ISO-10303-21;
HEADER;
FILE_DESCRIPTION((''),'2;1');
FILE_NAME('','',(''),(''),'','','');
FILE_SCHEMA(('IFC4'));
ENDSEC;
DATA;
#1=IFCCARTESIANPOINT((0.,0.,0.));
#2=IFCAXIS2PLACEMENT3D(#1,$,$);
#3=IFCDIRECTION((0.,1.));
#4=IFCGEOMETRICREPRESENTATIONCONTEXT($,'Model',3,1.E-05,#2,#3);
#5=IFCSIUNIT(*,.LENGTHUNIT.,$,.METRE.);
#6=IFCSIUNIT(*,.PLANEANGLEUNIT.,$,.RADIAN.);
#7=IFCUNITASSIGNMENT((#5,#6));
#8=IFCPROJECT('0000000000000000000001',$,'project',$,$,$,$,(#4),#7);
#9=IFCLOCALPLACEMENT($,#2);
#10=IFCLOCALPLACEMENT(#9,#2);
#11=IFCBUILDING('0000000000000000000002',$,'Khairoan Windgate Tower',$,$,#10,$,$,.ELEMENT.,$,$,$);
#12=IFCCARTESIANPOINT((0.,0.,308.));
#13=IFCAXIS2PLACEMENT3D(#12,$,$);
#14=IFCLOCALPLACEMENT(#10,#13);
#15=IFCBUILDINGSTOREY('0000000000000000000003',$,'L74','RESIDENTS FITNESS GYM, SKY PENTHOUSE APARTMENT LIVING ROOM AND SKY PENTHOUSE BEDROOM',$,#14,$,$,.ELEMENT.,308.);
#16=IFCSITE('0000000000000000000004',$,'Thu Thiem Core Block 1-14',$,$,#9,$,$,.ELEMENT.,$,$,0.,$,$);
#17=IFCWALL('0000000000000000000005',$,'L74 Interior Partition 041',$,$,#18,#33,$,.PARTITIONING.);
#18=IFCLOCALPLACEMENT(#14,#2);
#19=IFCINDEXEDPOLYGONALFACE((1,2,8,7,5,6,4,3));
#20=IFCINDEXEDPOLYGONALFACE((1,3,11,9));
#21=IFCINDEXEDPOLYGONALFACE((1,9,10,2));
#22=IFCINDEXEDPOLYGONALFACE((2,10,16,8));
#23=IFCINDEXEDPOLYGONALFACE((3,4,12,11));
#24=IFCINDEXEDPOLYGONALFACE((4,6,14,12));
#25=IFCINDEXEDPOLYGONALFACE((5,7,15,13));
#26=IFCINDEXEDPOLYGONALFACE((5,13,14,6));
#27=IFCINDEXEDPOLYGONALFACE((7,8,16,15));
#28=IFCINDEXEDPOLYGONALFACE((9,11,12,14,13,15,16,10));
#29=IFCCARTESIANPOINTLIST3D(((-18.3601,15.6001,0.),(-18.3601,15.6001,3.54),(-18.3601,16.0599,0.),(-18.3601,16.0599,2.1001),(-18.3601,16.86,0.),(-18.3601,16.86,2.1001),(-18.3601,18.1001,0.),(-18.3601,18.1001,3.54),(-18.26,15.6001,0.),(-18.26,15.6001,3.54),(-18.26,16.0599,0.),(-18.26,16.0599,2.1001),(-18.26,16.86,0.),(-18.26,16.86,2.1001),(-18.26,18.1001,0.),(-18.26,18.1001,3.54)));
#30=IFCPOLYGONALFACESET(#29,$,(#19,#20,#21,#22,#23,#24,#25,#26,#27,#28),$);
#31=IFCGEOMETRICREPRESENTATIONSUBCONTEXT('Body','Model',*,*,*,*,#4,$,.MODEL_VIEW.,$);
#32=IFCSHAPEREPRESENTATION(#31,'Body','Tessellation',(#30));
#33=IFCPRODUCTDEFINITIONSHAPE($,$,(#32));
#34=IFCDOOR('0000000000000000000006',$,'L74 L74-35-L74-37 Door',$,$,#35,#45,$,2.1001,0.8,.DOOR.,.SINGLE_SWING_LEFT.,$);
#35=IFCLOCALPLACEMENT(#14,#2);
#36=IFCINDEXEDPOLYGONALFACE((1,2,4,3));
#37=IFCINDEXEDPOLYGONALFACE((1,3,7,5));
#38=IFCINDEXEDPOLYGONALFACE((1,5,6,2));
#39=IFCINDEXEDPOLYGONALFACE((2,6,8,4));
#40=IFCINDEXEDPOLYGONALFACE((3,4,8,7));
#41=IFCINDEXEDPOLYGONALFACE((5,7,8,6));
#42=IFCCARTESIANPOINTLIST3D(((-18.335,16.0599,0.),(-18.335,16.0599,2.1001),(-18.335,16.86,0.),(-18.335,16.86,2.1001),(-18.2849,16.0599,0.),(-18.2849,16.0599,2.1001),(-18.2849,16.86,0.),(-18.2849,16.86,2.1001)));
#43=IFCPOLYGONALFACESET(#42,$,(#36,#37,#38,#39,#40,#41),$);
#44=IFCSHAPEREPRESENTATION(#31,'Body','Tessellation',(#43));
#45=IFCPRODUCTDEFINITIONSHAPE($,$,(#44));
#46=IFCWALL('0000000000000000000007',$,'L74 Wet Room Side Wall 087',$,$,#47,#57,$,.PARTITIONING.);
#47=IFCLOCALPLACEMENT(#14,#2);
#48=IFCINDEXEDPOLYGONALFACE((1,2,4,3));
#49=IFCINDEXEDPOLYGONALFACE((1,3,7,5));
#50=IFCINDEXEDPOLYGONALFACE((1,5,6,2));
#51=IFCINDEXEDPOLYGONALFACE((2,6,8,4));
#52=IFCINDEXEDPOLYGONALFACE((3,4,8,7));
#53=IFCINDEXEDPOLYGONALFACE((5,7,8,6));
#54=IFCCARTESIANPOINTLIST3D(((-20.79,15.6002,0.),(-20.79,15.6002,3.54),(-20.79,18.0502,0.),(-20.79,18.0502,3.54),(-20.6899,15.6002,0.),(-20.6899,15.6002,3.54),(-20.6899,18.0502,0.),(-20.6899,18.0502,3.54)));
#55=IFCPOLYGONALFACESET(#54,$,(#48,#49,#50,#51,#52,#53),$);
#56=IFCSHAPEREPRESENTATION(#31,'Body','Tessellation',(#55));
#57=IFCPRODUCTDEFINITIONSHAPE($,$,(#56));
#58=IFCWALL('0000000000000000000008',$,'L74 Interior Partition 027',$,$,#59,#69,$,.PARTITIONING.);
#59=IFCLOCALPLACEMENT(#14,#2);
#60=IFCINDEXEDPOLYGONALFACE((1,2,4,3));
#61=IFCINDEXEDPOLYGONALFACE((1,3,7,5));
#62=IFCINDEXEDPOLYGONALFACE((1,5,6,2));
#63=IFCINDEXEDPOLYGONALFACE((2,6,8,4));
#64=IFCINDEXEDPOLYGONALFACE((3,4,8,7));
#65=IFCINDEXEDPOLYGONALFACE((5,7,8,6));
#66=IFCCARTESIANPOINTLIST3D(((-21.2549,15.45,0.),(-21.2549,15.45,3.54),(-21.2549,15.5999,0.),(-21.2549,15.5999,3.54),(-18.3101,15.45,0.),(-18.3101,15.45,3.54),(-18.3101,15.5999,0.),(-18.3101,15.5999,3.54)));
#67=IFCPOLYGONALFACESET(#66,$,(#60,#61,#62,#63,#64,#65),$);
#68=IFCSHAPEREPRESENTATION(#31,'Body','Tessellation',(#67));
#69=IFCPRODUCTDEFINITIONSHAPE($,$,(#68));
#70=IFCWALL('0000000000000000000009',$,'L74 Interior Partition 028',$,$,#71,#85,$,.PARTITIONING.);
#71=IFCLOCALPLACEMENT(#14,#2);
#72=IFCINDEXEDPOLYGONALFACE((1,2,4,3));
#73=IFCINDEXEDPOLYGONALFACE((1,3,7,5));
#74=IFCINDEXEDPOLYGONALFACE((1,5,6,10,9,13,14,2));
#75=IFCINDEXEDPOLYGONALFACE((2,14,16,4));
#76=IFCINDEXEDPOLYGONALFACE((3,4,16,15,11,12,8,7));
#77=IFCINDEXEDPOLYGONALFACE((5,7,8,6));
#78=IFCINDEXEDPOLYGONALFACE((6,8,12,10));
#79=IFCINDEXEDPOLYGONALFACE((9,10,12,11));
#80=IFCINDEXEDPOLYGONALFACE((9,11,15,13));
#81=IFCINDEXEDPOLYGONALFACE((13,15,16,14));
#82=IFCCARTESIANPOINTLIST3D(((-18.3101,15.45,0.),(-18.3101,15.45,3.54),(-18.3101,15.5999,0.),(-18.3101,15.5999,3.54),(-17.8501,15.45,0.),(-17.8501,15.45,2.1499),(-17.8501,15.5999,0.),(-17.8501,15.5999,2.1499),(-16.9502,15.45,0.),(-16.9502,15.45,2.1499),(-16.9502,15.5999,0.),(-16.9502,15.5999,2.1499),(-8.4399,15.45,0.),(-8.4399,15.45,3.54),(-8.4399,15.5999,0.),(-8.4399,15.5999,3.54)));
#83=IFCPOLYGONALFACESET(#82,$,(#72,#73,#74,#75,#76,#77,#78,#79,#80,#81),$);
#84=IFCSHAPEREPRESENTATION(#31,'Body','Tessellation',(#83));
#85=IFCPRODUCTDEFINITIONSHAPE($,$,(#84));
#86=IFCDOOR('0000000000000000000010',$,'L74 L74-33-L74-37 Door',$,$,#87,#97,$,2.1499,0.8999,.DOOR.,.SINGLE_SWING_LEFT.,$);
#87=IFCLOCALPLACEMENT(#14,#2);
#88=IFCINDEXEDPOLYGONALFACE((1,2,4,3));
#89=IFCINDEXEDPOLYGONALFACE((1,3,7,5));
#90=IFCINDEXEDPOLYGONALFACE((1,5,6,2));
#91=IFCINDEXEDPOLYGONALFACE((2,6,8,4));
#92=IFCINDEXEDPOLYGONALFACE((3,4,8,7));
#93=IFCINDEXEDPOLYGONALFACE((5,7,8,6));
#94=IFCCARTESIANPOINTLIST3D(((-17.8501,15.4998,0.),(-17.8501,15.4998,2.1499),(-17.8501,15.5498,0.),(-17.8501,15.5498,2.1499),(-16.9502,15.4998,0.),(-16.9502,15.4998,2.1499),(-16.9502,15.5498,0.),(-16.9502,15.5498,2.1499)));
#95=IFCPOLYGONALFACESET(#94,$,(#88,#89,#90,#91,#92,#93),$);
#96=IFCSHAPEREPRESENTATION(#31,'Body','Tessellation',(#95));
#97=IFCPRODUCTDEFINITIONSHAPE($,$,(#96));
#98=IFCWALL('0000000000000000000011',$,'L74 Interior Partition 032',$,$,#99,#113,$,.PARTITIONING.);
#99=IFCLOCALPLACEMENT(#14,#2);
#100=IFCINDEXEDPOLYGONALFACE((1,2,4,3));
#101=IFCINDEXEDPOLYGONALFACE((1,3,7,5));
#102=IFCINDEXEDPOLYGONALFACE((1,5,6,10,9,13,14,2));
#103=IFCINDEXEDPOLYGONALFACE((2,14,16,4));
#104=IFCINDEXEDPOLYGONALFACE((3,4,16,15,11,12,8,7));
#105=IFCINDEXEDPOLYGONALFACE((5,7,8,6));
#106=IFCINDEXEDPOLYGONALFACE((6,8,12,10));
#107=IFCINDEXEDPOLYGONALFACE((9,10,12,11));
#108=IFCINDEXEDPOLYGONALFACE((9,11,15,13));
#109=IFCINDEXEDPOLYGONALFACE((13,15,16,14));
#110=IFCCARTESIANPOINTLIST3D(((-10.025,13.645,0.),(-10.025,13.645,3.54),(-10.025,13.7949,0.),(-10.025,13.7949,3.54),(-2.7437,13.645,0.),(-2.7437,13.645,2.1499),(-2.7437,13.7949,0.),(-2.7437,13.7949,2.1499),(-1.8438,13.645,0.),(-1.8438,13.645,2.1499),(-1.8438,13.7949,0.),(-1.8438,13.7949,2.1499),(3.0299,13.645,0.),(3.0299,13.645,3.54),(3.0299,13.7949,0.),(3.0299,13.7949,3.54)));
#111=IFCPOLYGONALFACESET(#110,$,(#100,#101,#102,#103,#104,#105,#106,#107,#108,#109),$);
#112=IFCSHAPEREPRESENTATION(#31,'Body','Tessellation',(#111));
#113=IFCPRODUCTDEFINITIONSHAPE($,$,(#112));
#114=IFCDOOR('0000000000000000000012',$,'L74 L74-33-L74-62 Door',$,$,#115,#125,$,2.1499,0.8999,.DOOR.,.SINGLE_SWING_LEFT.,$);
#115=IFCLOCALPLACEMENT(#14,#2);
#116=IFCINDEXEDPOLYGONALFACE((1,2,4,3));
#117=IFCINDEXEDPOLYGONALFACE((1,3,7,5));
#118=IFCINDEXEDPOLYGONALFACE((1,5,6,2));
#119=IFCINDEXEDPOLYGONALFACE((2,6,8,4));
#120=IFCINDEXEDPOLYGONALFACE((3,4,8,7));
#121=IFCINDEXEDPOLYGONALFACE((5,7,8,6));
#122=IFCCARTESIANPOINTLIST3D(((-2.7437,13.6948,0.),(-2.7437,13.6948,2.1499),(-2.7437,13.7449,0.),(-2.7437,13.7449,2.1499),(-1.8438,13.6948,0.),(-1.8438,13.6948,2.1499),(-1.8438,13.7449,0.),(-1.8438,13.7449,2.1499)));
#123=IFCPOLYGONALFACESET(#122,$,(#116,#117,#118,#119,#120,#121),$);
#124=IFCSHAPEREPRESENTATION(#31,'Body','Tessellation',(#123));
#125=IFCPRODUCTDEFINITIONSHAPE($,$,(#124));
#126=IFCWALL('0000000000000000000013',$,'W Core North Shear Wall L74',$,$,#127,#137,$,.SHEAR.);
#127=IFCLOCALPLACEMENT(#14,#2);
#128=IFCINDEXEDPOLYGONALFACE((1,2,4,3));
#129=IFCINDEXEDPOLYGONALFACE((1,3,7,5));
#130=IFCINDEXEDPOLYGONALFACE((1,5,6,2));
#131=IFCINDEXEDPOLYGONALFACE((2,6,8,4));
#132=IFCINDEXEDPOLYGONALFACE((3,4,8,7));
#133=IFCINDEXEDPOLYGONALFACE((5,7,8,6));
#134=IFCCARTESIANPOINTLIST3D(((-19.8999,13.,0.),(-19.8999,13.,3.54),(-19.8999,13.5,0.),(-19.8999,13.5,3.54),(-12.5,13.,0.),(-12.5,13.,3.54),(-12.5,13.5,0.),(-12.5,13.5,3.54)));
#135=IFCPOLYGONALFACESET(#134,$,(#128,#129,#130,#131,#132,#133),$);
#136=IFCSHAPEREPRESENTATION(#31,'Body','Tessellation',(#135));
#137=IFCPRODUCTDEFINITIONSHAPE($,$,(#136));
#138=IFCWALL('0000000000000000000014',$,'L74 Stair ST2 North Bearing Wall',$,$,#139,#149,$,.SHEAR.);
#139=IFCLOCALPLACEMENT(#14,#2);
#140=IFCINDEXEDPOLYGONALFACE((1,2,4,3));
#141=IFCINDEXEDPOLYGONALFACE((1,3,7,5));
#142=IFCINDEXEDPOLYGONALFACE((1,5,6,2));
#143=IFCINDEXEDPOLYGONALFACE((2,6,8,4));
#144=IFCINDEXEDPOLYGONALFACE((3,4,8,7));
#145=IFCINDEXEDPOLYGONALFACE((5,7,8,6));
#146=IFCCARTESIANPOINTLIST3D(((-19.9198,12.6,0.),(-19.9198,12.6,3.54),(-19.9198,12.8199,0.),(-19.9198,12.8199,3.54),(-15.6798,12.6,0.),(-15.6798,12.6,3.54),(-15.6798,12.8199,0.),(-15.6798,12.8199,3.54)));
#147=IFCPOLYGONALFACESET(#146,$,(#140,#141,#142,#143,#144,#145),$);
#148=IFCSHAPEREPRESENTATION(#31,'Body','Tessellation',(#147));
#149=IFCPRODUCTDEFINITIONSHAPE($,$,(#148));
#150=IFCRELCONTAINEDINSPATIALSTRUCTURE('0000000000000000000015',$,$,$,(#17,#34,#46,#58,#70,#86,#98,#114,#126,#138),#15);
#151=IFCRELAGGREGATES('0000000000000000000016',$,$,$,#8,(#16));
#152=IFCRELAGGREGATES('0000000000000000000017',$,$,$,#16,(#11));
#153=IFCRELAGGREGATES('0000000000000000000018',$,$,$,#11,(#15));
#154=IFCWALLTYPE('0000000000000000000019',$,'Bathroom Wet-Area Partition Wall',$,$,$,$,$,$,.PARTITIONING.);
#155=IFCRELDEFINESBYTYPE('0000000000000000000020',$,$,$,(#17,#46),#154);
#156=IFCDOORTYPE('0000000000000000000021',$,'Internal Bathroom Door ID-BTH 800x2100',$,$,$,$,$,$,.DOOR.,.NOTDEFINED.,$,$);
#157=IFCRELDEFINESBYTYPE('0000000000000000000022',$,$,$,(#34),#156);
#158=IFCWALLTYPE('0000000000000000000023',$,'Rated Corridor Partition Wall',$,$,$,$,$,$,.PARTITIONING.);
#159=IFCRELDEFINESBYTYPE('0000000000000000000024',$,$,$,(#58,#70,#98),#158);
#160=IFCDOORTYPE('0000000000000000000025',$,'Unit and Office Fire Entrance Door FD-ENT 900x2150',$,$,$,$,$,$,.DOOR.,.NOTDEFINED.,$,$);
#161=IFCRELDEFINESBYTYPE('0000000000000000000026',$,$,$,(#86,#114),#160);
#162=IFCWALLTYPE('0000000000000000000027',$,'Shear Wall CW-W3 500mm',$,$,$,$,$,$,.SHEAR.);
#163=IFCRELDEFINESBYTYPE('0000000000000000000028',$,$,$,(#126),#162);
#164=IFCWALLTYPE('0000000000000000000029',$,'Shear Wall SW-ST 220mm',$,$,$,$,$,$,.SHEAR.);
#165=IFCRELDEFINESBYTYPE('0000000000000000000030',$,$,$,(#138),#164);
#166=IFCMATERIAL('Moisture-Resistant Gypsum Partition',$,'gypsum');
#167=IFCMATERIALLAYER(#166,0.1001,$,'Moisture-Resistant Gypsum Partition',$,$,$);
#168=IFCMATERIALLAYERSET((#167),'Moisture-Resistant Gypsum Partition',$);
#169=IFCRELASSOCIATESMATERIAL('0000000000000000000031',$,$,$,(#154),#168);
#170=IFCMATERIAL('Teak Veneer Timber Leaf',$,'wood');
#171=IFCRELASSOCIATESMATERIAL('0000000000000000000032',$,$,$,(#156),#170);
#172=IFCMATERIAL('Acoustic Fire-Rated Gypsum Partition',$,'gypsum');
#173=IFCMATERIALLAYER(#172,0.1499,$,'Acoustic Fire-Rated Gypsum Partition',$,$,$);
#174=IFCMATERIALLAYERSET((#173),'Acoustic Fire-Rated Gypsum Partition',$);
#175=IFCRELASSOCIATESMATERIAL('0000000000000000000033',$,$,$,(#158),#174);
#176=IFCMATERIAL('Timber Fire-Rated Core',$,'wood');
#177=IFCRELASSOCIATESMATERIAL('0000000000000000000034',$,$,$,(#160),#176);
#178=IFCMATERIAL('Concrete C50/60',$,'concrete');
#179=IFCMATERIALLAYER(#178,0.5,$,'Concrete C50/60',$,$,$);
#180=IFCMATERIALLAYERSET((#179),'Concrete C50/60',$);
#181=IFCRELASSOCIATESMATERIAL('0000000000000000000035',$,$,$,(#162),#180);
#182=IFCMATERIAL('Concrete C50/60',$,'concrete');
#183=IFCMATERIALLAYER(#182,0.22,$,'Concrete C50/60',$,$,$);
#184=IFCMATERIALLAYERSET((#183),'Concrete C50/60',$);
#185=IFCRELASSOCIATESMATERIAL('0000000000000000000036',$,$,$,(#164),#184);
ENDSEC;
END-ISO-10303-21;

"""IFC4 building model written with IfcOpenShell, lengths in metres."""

from ifc_helpers import new_model, si_unit, direction, frame, frame_2d, origin, place, context, subcontext, project, spatial, rectangle, extrude, material, layer, layer_set, type_object, element, fill, save


model = new_model("IFC4")

# Units and contexts
model_context = context("Model", 3, precision=1e-05, world=origin(), true_north=direction((0.0, 1.0)))
body_context = subcontext(model_context, "Body", "Model", "MODEL_VIEW")
ifc_project = project(units=[si_unit("LENGTHUNIT", "METRE"), si_unit("PLANEANGLEUNIT", "RADIAN")], contexts=[model_context])

# Site, building, storey
site_placement = place(None, origin())
site = spatial("IfcSite", under=ifc_project, at=site_placement, Name="Thu Thiem Core Block 1-14", CompositionType="ELEMENT", RefElevation=0.0)
building_placement = place(site_placement, origin())
building = spatial("IfcBuilding", under=site, at=building_placement, Name="Khairoan Windgate Tower", CompositionType="ELEMENT")
storey_placement = place(building_placement, frame((0.0, 0.0, 308.0)))
storey = spatial("IfcBuildingStorey", under=building, at=storey_placement, Name="L74", Description="RESIDENTS FITNESS GYM, SKY PENTHOUSE APARTMENT LIVING ROOM AND SKY PENTHOUSE BEDROOM", CompositionType="ELEMENT", Elevation=308.0)

# Shared definitions
ifc_material_1 = material(Name="Moisture-Resistant Gypsum Partition", Category="gypsum")
ifc_layer_1 = layer(ifc_material_1, 0.1001, Name="Moisture-Resistant Gypsum Partition")
ifc_layer_set_1 = layer_set([ifc_layer_1], Name="Moisture-Resistant Gypsum Partition")
wall_type_1 = type_object("IfcWallType", Name="Bathroom Wet-Area Partition Wall", PredefinedType="PARTITIONING", material=ifc_layer_set_1)

# Wall, opening, door
wall_1_placement = place(storey_placement, frame((-18.3101, 15.6001, 0.0), z_axis=(0.0, 0.0, 1.0), x_axis=(0.0, 1.0, 0.0)))
wall_1 = element("IfcWall", 1, at=wall_1_placement, inside=storey, type_object=wall_type_1, Name="L74 Interior Partition 041", PredefinedType="PARTITIONING", context=body_context, shape_type="SweptSolid", body=[
    extrude(rectangle(XDim=2.5, YDim=0.1001, at=frame_2d((1.25, 0.0))), origin(), (0.0, 0.0, 1.0), 3.54),
])
opening_1_placement = place(wall_1_placement, frame((0.46, 0.0, 0.0)))
opening_1 = element("IfcOpeningElement", 2, at=opening_1_placement, cuts=wall_1, PredefinedType="OPENING", context=body_context, shape_type="SweptSolid", body=[
    extrude(rectangle(XDim=0.8, YDim=2.1001, at=frame_2d((0.3999, 1.05))), frame((0.0, 0.0601, 0.0), z_axis=(0.0, -1.0, 0.0), x_axis=(1.0, 0.0, 0.0)), (0.0, 0.0, 1.0), 0.1201),
])
ifc_material_2 = material(Name="Teak Veneer Timber Leaf", Category="wood")
door_type_1 = type_object("IfcDoorType", Name="Internal Bathroom Door ID-BTH 800x2100", OperationType="NOTDEFINED", PredefinedType="DOOR", material=ifc_material_2)
door_1_placement = place(opening_1_placement, origin())
door_1 = element("IfcDoor", 3, at=door_1_placement, inside=storey, type_object=door_type_1, Name="L74 L74-35-L74-37 Door", OperationType="SINGLE_SWING_LEFT", OverallHeight=2.1001, OverallWidth=0.8, PredefinedType="DOOR", context=body_context, shape_type="SweptSolid", body=[
    extrude(rectangle(XDim=0.8, YDim=2.1001, at=frame_2d((0.3999, 1.05))), frame((0.0, 0.0249, 0.0), z_axis=(0.0, -1.0, 0.0), x_axis=(1.0, 0.0, 0.0)), (0.0, 0.0, 1.0), 0.05),
])
fill(opening_1, door_1)

# Wall
wall_2_placement = place(storey_placement, frame((-20.74, 15.6001, 0.0), z_axis=(0.0, 0.0, 1.0), x_axis=(0.0, 1.0, 0.0)))
element("IfcWall", 4, at=wall_2_placement, inside=storey, type_object=wall_type_1, Name="L74 Wet Room Side Wall 087", PredefinedType="PARTITIONING", context=body_context, shape_type="SweptSolid", body=[
    extrude(rectangle(XDim=2.45, YDim=0.1001, at=frame_2d((1.2251, 0.0))), origin(), (0.0, 0.0, 1.0), 3.54),
])

# Wall
ifc_material_3 = material(Name="Acoustic Fire-Rated Gypsum Partition", Category="gypsum")
ifc_layer_2 = layer(ifc_material_3, 0.1499, Name="Acoustic Fire-Rated Gypsum Partition")
ifc_layer_set_2 = layer_set([ifc_layer_2], Name="Acoustic Fire-Rated Gypsum Partition")
wall_type_2 = type_object("IfcWallType", Name="Rated Corridor Partition Wall", PredefinedType="PARTITIONING", material=ifc_layer_set_2)
wall_3_placement = place(storey_placement, frame((-21.2549, 15.5249, 0.0), z_axis=(0.0, 0.0, 1.0), x_axis=(1.0, 0.0, 0.0)))
element("IfcWall", 5, at=wall_3_placement, inside=storey, type_object=wall_type_2, Name="L74 Interior Partition 027", PredefinedType="PARTITIONING", context=body_context, shape_type="SweptSolid", body=[
    extrude(rectangle(XDim=2.9448, YDim=0.1499, at=frame_2d((1.4724, 0.0))), origin(), (0.0, 0.0, 1.0), 3.54),
])

# Walls, openings, doors
wall_4_placement = place(storey_placement, frame((-18.3101, 15.5249, 0.0), z_axis=(0.0, 0.0, 1.0), x_axis=(1.0, 0.0, 0.0)))
wall_4 = element("IfcWall", 6, at=wall_4_placement, inside=storey, type_object=wall_type_2, Name="L74 Interior Partition 028", PredefinedType="PARTITIONING", context=body_context, shape_type="SweptSolid", body=[
    extrude(rectangle(XDim=9.8701, YDim=0.1499, at=frame_2d((4.9351, 0.0))), origin(), (0.0, 0.0, 1.0), 3.54),
])
opening_2_placement = place(wall_4_placement, frame((0.46, 0.0, 0.0)))
opening_2 = element("IfcOpeningElement", 7, at=opening_2_placement, cuts=wall_4, PredefinedType="OPENING", context=body_context, shape_type="SweptSolid", body=[
    extrude(rectangle(XDim=0.8999, YDim=2.1499, at=frame_2d((0.45, 1.075))), frame((0.0, 0.085, 0.0), z_axis=(0.0, -1.0, 0.0), x_axis=(1.0, 0.0, 0.0)), (0.0, 0.0, 1.0), 0.1699),
])
ifc_material_4 = material(Name="Timber Fire-Rated Core", Category="wood")
door_type_2 = type_object("IfcDoorType", Name="Unit and Office Fire Entrance Door FD-ENT 900x2150", OperationType="NOTDEFINED", PredefinedType="DOOR", material=ifc_material_4)
door_2_placement = place(opening_2_placement, origin())
door_2 = element("IfcDoor", 8, at=door_2_placement, inside=storey, type_object=door_type_2, Name="L74 L74-33-L74-37 Door", OperationType="SINGLE_SWING_LEFT", OverallHeight=2.1499, OverallWidth=0.8999, PredefinedType="DOOR", context=body_context, shape_type="SweptSolid", body=[
    extrude(rectangle(XDim=0.8999, YDim=2.1499, at=frame_2d((0.45, 1.075))), frame((0.0, 0.0249, 0.0), z_axis=(0.0, -1.0, 0.0), x_axis=(1.0, 0.0, 0.0)), (0.0, 0.0, 1.0), 0.05),
])
fill(opening_2, door_2)
wall_5_placement = place(storey_placement, frame((-10.0249, 13.72, 0.0), z_axis=(0.0, 0.0, 1.0), x_axis=(1.0, 0.0, 0.0)))
wall_5 = element("IfcWall", 9, at=wall_5_placement, inside=storey, type_object=wall_type_2, Name="L74 Interior Partition 032", PredefinedType="PARTITIONING", context=body_context, shape_type="SweptSolid", body=[
    extrude(rectangle(XDim=13.0549, YDim=0.1499, at=frame_2d((6.5273, 0.0))), origin(), (0.0, 0.0, 1.0), 3.54),
])
opening_3_placement = place(wall_5_placement, frame((7.2812, 0.0, 0.0)))
opening_3 = element("IfcOpeningElement", 10, at=opening_3_placement, cuts=wall_5, PredefinedType="OPENING", context=body_context, shape_type="SweptSolid", body=[
    extrude(rectangle(XDim=0.8999, YDim=2.1499, at=frame_2d((0.45, 1.075))), frame((0.0, 0.085, 0.0), z_axis=(0.0, -1.0, 0.0), x_axis=(1.0, 0.0, 0.0)), (0.0, 0.0, 1.0), 0.1699),
])
door_3_placement = place(opening_3_placement, origin())
door_3 = element("IfcDoor", 11, at=door_3_placement, inside=storey, type_object=door_type_2, Name="L74 L74-33-L74-62 Door", OperationType="SINGLE_SWING_LEFT", OverallHeight=2.1499, OverallWidth=0.8999, PredefinedType="DOOR", context=body_context, shape_type="SweptSolid", body=[
    extrude(rectangle(XDim=0.8999, YDim=2.1499, at=frame_2d((0.45, 1.075))), frame((0.0, 0.0249, 0.0), z_axis=(0.0, -1.0, 0.0), x_axis=(1.0, 0.0, 0.0)), (0.0, 0.0, 1.0), 0.05),
])
fill(opening_3, door_3)

# Walls
ifc_material_5 = material(Name="Concrete C50/60", Category="concrete")
ifc_layer_3 = layer(ifc_material_5, 0.5, Name="Concrete C50/60")
ifc_layer_set_3 = layer_set([ifc_layer_3], Name="Concrete C50/60")
wall_type_3 = type_object("IfcWallType", Name="Shear Wall CW-W3 500mm", PredefinedType="SHEAR", material=ifc_layer_set_3)
wall_6_placement = place(storey_placement, frame((-19.8999, 13.25, 0.0), z_axis=(0.0, 0.0, 1.0), x_axis=(1.0, 0.0, 0.0)))
element("IfcWall", 12, at=wall_6_placement, inside=storey, type_object=wall_type_3, Name="W Core North Shear Wall L74", PredefinedType="SHEAR", context=body_context, shape_type="SweptSolid", body=[
    extrude(rectangle(XDim=7.3999, YDim=0.5, at=frame_2d((3.7, 0.0))), origin(), (0.0, 0.0, 1.0), 3.54),
])
ifc_material_6 = material(Name="Concrete C50/60", Category="concrete")
ifc_layer_4 = layer(ifc_material_6, 0.22, Name="Concrete C50/60")
ifc_layer_set_4 = layer_set([ifc_layer_4], Name="Concrete C50/60")
wall_type_4 = type_object("IfcWallType", Name="Shear Wall SW-ST 220mm", PredefinedType="SHEAR", material=ifc_layer_set_4)
wall_7_placement = place(storey_placement, frame((-19.9199, 12.71, 0.0), z_axis=(0.0, 0.0, 1.0), x_axis=(1.0, 0.0, 0.0)))
element("IfcWall", 13, at=wall_7_placement, inside=storey, type_object=wall_type_4, Name="L74 Stair ST2 North Bearing Wall", PredefinedType="SHEAR", context=body_context, shape_type="SweptSolid", body=[
    extrude(rectangle(XDim=4.24, YDim=0.22, at=frame_2d((2.1201, 0.0))), origin(), (0.0, 0.0, 1.0), 3.54),
])

save(model, "model.ifc")
